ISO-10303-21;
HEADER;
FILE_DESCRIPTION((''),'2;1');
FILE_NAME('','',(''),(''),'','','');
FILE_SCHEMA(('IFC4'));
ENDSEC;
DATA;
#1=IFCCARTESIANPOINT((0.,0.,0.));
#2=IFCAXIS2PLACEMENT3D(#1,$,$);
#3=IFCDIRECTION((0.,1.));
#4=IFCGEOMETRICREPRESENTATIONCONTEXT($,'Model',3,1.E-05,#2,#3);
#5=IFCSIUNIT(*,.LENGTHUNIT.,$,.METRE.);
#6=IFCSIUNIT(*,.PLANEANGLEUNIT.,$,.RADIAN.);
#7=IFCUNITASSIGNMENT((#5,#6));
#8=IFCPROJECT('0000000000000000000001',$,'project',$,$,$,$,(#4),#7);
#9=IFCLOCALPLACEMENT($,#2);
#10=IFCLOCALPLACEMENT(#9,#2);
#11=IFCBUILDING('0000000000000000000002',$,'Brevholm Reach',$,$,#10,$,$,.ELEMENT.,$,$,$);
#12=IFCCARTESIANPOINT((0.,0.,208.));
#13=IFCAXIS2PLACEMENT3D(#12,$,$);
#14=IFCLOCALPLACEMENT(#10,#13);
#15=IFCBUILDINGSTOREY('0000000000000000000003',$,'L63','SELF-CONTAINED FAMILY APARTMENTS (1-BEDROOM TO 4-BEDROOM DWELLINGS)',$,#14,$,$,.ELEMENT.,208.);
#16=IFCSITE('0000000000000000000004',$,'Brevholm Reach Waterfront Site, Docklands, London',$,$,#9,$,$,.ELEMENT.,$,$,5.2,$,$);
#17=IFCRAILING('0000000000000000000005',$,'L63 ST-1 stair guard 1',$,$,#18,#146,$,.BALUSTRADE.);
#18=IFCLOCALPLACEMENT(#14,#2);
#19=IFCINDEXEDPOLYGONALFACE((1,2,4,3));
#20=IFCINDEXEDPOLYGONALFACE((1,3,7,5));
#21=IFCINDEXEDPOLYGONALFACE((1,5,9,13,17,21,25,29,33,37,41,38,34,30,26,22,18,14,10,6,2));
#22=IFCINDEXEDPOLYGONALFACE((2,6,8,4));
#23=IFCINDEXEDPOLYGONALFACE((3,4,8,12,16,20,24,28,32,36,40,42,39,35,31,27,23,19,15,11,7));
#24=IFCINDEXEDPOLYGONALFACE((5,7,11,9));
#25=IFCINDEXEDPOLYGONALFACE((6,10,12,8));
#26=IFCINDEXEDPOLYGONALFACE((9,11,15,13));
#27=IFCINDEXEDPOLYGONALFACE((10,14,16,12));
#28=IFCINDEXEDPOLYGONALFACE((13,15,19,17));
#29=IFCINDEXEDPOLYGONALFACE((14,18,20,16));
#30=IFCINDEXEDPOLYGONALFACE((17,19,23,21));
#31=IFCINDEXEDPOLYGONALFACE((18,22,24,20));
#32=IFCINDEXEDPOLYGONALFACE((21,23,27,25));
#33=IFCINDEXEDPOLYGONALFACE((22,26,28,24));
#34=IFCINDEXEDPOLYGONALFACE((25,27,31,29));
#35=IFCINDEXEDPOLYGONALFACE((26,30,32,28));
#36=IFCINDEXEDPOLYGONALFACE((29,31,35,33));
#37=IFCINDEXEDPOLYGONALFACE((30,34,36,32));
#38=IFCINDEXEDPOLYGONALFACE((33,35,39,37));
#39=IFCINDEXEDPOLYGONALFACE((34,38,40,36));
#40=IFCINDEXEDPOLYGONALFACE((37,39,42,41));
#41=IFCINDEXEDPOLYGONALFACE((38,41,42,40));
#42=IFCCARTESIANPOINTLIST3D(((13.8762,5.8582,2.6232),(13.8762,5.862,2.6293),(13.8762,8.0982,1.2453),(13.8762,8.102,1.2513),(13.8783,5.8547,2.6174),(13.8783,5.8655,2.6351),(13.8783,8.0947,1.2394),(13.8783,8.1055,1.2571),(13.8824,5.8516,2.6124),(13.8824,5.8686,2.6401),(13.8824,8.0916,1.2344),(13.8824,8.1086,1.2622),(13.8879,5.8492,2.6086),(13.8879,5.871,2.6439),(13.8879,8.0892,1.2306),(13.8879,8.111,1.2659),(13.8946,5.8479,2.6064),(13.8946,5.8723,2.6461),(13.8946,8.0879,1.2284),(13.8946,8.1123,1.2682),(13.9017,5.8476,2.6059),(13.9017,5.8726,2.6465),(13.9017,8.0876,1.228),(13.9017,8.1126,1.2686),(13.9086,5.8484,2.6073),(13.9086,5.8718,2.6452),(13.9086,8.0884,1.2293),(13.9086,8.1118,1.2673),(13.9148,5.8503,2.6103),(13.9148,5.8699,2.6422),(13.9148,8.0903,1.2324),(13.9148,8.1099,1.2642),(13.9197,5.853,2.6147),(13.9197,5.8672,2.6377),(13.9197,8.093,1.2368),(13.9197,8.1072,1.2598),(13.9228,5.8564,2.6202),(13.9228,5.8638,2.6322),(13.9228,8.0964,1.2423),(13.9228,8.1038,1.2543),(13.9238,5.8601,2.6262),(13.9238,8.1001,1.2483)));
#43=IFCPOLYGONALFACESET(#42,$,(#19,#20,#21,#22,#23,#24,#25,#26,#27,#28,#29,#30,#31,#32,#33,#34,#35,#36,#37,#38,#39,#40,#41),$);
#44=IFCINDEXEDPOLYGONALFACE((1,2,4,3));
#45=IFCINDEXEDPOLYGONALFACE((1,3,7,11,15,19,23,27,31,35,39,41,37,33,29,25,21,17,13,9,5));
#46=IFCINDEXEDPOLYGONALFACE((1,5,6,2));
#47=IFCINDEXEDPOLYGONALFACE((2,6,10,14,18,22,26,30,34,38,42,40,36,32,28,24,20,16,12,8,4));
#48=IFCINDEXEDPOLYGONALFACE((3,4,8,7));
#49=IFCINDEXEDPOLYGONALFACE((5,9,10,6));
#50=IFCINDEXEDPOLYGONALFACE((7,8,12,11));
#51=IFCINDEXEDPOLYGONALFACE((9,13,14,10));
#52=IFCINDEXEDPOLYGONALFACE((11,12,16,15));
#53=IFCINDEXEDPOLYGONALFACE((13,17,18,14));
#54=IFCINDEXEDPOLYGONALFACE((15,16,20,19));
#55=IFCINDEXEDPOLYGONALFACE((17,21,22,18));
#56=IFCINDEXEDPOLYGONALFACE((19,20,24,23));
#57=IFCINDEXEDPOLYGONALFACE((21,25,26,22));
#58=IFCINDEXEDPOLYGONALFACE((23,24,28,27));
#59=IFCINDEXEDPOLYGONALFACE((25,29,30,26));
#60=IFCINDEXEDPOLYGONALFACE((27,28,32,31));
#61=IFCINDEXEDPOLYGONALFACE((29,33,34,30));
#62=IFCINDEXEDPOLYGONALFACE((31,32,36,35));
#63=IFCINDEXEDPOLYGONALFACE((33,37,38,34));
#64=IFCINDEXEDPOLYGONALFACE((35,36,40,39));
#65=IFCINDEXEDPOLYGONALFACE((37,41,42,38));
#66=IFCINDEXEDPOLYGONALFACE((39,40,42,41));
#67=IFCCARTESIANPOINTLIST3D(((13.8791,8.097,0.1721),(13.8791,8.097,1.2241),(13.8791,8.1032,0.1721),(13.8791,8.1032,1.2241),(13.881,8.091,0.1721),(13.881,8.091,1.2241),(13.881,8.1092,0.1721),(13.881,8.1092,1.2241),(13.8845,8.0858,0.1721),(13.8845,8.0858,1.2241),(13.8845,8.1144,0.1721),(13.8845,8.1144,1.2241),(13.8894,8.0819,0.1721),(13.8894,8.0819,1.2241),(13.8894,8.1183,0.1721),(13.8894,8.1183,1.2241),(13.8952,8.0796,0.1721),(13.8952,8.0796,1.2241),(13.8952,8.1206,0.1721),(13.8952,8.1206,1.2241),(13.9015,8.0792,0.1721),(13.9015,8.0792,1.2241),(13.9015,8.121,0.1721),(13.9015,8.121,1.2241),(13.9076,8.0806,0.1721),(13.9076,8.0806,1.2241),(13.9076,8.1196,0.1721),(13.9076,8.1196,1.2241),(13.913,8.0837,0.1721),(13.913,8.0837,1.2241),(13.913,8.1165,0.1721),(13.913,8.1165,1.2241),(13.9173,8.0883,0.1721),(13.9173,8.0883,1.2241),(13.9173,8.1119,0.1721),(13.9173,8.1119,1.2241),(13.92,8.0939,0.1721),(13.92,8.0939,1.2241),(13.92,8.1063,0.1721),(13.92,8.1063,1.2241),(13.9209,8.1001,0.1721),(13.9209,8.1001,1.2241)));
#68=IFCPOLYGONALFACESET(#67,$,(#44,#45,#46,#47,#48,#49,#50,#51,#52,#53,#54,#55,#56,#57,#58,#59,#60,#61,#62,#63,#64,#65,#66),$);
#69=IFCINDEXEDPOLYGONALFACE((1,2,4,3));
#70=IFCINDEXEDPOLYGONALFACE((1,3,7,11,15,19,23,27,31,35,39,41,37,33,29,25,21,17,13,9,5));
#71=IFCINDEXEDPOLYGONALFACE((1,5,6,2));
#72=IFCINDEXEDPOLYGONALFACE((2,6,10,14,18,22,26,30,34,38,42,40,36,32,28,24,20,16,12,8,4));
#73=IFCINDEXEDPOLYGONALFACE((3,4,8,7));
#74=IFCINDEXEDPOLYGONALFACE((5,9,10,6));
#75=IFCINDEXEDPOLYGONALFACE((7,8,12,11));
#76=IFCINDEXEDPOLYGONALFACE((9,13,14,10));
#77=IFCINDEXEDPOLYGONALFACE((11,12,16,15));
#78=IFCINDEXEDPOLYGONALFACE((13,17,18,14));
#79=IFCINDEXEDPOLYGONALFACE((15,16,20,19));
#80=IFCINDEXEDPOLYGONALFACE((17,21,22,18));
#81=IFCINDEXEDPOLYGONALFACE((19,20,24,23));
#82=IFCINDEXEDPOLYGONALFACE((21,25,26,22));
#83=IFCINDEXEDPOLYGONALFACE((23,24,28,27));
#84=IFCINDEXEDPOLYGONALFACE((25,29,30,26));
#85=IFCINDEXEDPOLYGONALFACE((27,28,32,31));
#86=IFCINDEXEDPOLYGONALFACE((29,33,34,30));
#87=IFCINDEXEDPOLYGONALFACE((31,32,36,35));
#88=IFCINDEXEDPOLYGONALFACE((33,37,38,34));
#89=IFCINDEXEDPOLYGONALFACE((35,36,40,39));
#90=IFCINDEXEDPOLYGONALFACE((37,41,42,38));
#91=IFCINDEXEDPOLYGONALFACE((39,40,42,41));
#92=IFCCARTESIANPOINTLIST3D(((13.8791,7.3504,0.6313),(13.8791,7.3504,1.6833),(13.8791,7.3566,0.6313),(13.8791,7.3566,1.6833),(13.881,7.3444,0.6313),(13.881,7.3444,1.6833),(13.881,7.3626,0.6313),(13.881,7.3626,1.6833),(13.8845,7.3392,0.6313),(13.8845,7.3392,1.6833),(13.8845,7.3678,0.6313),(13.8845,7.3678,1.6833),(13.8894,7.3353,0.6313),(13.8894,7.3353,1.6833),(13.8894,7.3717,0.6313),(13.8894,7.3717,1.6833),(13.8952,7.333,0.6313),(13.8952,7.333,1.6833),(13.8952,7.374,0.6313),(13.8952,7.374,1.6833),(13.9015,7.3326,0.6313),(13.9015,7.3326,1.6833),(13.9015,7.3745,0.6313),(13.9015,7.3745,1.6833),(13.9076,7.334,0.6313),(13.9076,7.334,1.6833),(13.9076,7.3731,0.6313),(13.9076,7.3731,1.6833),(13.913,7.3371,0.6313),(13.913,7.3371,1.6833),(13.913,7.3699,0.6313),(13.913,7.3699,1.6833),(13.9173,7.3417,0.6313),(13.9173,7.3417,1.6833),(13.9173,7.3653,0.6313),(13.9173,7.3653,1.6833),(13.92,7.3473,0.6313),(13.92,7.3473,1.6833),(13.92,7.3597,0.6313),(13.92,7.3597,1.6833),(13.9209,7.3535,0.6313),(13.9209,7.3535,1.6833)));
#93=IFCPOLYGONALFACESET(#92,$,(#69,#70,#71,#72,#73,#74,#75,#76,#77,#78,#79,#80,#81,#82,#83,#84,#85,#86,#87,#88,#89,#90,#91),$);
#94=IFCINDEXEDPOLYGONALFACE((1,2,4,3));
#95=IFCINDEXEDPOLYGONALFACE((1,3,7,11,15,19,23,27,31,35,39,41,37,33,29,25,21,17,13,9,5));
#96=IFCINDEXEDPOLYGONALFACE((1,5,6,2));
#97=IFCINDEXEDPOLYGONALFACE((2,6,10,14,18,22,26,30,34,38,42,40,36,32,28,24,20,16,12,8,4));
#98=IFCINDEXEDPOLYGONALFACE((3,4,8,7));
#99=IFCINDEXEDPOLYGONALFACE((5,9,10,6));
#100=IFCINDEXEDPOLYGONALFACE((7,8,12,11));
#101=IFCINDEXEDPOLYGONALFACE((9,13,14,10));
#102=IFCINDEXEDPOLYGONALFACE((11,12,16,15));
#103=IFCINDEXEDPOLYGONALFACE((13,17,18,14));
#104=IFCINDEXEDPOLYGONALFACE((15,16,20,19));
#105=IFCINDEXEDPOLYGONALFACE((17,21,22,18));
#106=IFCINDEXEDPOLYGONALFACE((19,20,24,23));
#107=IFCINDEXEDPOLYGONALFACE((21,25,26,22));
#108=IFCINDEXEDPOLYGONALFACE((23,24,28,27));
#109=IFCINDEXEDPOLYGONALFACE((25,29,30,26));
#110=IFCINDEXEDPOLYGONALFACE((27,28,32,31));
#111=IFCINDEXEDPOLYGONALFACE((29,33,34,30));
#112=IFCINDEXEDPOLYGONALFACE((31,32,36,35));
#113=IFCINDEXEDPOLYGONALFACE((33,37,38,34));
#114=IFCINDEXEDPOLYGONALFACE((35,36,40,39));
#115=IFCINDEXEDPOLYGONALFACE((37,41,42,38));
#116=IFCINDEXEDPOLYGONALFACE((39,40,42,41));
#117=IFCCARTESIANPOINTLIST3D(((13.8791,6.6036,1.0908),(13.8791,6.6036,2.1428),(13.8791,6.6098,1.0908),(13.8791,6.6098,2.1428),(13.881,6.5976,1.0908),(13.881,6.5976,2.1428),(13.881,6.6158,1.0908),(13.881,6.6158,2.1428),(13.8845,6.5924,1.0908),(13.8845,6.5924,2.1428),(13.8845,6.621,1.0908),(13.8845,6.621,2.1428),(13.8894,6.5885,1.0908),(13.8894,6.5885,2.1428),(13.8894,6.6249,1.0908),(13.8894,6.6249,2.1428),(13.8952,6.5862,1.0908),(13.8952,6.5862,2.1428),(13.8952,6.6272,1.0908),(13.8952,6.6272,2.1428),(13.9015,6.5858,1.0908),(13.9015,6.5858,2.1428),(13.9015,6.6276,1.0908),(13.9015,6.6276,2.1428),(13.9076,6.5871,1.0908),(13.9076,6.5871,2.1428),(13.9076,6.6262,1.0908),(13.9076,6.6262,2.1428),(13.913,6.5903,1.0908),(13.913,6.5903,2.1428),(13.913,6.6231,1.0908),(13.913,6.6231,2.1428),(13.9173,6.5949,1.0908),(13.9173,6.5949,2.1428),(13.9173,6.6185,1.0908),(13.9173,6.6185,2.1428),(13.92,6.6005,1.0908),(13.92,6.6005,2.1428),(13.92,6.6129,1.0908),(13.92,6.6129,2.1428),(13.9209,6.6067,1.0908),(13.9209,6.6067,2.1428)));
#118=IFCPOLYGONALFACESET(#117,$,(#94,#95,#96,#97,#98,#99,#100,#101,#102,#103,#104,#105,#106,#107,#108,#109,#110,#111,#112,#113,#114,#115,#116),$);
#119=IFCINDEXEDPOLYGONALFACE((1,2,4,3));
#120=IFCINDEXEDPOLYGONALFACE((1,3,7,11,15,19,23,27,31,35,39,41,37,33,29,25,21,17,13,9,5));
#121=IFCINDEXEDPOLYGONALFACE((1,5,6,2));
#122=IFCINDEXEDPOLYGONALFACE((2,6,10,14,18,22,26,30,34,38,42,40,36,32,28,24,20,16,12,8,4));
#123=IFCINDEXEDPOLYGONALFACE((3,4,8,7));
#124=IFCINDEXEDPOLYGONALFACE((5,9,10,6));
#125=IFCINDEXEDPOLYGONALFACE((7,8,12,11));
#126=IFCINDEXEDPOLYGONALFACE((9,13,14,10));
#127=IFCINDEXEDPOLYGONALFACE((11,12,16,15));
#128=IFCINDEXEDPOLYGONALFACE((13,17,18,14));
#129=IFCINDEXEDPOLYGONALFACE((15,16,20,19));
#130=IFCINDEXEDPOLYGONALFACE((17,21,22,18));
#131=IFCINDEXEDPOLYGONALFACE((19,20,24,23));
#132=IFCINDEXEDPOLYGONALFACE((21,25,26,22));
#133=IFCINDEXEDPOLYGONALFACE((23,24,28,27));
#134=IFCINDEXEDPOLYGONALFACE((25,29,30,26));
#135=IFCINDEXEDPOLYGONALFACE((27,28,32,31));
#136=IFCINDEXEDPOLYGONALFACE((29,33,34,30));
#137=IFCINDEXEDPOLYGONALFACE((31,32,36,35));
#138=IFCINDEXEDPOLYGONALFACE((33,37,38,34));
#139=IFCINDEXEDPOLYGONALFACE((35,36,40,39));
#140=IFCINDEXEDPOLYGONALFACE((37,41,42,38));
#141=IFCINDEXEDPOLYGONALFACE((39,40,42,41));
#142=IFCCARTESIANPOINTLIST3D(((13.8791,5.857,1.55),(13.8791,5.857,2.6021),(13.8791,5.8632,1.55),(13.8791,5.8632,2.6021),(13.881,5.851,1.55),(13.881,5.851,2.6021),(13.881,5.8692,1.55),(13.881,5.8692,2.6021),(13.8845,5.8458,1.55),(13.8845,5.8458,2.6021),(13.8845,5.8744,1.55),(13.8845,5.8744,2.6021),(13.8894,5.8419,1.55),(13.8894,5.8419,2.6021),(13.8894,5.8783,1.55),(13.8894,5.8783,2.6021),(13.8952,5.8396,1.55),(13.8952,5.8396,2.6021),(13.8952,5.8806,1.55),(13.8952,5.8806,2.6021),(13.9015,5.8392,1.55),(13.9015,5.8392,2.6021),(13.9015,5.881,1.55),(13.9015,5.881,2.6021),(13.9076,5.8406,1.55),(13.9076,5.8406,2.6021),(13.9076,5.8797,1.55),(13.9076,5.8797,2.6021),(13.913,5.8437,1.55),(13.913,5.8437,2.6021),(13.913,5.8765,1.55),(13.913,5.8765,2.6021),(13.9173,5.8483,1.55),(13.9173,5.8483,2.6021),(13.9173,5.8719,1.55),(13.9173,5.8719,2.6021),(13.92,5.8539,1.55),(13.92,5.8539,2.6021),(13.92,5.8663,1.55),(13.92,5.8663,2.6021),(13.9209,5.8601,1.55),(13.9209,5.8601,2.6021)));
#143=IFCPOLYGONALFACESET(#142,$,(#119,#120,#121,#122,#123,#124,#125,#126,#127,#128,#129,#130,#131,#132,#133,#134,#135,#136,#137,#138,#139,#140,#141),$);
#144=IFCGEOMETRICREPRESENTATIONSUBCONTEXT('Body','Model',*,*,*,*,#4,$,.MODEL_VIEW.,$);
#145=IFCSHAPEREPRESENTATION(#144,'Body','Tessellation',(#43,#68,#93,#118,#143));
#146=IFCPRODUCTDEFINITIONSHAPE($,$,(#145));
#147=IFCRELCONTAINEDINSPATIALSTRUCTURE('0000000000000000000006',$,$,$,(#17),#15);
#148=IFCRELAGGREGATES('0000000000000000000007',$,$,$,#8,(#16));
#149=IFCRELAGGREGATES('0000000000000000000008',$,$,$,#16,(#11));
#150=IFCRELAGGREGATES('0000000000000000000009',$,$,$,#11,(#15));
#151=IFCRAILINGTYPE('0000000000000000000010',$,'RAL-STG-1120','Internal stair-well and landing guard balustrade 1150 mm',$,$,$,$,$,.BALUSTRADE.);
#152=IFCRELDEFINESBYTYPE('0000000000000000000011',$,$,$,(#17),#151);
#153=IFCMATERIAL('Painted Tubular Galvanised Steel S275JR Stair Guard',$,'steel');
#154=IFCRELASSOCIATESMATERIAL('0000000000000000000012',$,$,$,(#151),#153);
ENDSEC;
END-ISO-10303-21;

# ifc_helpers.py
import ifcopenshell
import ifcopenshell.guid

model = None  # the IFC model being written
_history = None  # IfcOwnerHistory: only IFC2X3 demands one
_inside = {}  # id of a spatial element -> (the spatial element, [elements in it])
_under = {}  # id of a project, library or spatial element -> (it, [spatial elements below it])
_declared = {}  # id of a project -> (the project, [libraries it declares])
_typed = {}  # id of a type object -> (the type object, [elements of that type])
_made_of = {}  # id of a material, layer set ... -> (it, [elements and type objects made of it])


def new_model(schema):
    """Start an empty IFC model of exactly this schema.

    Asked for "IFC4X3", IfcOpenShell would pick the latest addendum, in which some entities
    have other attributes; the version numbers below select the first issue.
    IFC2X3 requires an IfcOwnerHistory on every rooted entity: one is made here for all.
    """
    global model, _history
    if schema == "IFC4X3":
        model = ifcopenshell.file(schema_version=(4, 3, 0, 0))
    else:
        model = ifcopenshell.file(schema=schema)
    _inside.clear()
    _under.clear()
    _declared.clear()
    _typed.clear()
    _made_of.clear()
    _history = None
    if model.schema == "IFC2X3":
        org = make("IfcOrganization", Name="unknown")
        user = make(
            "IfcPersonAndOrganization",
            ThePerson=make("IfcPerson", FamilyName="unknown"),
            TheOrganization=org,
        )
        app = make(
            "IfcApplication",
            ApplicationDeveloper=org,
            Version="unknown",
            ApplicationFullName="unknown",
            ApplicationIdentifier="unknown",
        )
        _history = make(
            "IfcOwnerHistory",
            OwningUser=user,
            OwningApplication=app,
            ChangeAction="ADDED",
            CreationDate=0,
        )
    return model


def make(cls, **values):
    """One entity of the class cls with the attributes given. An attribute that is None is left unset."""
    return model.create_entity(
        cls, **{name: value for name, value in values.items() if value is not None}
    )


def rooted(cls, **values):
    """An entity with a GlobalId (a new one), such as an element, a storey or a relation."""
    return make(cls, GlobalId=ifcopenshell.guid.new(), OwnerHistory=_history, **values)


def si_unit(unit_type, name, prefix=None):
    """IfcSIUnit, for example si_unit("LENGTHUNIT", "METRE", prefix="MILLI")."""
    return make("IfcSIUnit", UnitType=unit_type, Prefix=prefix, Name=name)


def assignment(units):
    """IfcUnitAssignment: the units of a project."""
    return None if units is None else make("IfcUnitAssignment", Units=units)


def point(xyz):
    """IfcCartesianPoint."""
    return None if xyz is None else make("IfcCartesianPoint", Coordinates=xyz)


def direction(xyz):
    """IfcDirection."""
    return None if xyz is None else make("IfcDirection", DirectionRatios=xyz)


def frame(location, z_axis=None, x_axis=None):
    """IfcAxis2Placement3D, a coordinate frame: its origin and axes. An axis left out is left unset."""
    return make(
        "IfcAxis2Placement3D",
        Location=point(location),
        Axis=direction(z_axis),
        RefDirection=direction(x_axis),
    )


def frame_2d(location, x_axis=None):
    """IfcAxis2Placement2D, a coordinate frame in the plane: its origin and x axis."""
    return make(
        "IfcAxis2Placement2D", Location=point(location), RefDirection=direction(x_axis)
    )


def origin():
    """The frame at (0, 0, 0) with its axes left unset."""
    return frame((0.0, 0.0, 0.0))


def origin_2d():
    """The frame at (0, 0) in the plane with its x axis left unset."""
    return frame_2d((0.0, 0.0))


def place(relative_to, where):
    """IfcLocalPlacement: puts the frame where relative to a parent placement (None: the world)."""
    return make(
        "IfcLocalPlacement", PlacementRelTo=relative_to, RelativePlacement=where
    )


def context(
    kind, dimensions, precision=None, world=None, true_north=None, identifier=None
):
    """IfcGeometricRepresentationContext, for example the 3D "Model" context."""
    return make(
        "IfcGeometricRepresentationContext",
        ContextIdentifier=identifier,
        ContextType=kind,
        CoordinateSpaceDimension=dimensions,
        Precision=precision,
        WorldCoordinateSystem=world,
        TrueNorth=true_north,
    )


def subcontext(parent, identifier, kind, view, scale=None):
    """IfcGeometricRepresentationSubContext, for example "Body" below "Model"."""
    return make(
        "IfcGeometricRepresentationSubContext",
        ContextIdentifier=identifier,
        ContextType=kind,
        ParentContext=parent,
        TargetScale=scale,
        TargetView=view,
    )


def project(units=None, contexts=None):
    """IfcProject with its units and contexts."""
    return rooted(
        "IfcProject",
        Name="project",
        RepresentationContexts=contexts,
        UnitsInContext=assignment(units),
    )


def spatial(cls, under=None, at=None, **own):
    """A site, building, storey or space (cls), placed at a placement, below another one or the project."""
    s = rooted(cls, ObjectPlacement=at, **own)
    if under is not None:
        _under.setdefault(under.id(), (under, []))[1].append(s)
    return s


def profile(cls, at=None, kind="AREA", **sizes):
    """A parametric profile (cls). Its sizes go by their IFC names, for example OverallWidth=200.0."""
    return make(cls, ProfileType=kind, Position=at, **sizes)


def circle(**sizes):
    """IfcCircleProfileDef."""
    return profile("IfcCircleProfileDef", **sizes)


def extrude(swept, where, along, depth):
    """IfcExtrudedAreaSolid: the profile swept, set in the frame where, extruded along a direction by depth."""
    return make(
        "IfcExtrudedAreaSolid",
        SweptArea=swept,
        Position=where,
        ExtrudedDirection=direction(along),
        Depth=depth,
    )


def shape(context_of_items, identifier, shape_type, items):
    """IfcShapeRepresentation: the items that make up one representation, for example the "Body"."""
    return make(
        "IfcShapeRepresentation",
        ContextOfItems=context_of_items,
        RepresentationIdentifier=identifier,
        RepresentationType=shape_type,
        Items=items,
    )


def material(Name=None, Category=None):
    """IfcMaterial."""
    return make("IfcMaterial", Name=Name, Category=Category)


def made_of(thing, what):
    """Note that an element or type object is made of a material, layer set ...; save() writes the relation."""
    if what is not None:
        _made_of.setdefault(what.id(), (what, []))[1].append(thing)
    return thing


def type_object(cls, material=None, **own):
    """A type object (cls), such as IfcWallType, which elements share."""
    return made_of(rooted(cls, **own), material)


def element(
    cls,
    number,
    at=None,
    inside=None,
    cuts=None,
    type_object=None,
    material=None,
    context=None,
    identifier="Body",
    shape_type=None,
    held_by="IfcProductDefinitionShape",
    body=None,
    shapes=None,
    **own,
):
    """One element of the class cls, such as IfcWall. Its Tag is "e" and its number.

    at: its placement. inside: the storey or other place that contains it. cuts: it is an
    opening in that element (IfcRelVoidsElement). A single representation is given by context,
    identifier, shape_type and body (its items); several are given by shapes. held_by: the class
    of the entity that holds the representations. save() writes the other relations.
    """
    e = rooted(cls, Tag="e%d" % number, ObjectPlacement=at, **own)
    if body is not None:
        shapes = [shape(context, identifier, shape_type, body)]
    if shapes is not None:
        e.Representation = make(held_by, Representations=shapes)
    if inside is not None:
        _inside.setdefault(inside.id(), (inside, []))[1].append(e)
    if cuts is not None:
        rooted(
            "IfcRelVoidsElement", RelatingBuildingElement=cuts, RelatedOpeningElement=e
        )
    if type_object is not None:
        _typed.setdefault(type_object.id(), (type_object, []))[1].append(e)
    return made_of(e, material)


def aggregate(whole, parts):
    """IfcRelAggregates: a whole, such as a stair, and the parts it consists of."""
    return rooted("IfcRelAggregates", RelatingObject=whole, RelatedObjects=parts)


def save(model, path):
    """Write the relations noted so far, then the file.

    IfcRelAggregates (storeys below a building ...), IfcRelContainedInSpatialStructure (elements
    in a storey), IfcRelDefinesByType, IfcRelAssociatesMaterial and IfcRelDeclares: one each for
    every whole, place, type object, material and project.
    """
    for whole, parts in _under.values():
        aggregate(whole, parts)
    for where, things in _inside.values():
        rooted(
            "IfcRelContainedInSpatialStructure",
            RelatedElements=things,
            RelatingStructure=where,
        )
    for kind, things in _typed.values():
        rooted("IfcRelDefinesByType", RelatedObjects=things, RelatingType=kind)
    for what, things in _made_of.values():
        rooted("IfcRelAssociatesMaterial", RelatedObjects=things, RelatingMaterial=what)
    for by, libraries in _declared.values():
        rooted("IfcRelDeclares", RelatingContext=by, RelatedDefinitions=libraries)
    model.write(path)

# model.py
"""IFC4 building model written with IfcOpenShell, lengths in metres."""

from ifc_helpers import new_model, si_unit, direction, frame, origin, origin_2d, place, context, subcontext, project, spatial, circle, extrude, material, type_object, element, save


model = new_model("IFC4")

# Units and contexts
model_context = context("Model", 3, precision=1e-05, world=origin(), true_north=direction((0.0, 1.0)))
body_context = subcontext(model_context, "Body", "Model", "MODEL_VIEW")
ifc_project = project(units=[si_unit("LENGTHUNIT", "METRE"), si_unit("PLANEANGLEUNIT", "RADIAN")], contexts=[model_context])

# Site, building, storey
site_placement = place(None, origin())
site = spatial("IfcSite", under=ifc_project, at=site_placement, Name="Brevholm Reach Waterfront Site, Docklands, London", CompositionType="ELEMENT", RefElevation=5.2)
building_placement = place(site_placement, origin())
building = spatial("IfcBuilding", under=site, at=building_placement, Name="Brevholm Reach", CompositionType="ELEMENT")
storey_placement = place(building_placement, frame((0.0, 0.0, 208.0)))
storey = spatial("IfcBuildingStorey", under=building, at=storey_placement, Name="L63", Description="SELF-CONTAINED FAMILY APARTMENTS (1-BEDROOM TO 4-BEDROOM DWELLINGS)", CompositionType="ELEMENT", Elevation=208.0)

# Railing
ifc_material_1 = material(Name="Painted Tubular Galvanised Steel S275JR Stair Guard", Category="steel")
railing_type_1 = type_object("IfcRailingType", Name="RAL-STG-1120", Description="Internal stair-well and landing guard balustrade 1150 mm", PredefinedType="BALUSTRADE", material=ifc_material_1)
railing_1_placement = place(storey_placement, frame((13.8999, 8.1001, 0.1721)))
element("IfcRailing", 1, at=railing_1_placement, inside=storey, type_object=railing_type_1, Name="L63 ST-1 stair guard 1", PredefinedType="BALUSTRADE", context=body_context, shape_type="SweptSolid", body=[
    extrude(circle(Radius=0.0239, at=origin_2d()), frame((0.0, 0.0, 1.0762), z_axis=(0.0, -0.851748, 0.523952), x_axis=(1.0, 0.0, 0.0)), (0.0, 0.0, 1.0), 2.6299),
    extrude(circle(Radius=0.021, at=origin_2d()), origin(), (0.0, 0.0, 1.0), 1.052),
    extrude(circle(Radius=0.021, at=origin_2d()), frame((0.0, -0.7466, 0.4592)), (0.0, 0.0, 1.0), 1.052),
    extrude(circle(Radius=0.021, at=origin_2d()), frame((0.0, -1.4934, 0.9187)), (0.0, 0.0, 1.0), 1.052),
    extrude(circle(Radius=0.021, at=origin_2d()), frame((0.0, -2.24, 1.3779)), (0.0, 0.0, 1.0), 1.052),
])

save(model, "model.ifc")
